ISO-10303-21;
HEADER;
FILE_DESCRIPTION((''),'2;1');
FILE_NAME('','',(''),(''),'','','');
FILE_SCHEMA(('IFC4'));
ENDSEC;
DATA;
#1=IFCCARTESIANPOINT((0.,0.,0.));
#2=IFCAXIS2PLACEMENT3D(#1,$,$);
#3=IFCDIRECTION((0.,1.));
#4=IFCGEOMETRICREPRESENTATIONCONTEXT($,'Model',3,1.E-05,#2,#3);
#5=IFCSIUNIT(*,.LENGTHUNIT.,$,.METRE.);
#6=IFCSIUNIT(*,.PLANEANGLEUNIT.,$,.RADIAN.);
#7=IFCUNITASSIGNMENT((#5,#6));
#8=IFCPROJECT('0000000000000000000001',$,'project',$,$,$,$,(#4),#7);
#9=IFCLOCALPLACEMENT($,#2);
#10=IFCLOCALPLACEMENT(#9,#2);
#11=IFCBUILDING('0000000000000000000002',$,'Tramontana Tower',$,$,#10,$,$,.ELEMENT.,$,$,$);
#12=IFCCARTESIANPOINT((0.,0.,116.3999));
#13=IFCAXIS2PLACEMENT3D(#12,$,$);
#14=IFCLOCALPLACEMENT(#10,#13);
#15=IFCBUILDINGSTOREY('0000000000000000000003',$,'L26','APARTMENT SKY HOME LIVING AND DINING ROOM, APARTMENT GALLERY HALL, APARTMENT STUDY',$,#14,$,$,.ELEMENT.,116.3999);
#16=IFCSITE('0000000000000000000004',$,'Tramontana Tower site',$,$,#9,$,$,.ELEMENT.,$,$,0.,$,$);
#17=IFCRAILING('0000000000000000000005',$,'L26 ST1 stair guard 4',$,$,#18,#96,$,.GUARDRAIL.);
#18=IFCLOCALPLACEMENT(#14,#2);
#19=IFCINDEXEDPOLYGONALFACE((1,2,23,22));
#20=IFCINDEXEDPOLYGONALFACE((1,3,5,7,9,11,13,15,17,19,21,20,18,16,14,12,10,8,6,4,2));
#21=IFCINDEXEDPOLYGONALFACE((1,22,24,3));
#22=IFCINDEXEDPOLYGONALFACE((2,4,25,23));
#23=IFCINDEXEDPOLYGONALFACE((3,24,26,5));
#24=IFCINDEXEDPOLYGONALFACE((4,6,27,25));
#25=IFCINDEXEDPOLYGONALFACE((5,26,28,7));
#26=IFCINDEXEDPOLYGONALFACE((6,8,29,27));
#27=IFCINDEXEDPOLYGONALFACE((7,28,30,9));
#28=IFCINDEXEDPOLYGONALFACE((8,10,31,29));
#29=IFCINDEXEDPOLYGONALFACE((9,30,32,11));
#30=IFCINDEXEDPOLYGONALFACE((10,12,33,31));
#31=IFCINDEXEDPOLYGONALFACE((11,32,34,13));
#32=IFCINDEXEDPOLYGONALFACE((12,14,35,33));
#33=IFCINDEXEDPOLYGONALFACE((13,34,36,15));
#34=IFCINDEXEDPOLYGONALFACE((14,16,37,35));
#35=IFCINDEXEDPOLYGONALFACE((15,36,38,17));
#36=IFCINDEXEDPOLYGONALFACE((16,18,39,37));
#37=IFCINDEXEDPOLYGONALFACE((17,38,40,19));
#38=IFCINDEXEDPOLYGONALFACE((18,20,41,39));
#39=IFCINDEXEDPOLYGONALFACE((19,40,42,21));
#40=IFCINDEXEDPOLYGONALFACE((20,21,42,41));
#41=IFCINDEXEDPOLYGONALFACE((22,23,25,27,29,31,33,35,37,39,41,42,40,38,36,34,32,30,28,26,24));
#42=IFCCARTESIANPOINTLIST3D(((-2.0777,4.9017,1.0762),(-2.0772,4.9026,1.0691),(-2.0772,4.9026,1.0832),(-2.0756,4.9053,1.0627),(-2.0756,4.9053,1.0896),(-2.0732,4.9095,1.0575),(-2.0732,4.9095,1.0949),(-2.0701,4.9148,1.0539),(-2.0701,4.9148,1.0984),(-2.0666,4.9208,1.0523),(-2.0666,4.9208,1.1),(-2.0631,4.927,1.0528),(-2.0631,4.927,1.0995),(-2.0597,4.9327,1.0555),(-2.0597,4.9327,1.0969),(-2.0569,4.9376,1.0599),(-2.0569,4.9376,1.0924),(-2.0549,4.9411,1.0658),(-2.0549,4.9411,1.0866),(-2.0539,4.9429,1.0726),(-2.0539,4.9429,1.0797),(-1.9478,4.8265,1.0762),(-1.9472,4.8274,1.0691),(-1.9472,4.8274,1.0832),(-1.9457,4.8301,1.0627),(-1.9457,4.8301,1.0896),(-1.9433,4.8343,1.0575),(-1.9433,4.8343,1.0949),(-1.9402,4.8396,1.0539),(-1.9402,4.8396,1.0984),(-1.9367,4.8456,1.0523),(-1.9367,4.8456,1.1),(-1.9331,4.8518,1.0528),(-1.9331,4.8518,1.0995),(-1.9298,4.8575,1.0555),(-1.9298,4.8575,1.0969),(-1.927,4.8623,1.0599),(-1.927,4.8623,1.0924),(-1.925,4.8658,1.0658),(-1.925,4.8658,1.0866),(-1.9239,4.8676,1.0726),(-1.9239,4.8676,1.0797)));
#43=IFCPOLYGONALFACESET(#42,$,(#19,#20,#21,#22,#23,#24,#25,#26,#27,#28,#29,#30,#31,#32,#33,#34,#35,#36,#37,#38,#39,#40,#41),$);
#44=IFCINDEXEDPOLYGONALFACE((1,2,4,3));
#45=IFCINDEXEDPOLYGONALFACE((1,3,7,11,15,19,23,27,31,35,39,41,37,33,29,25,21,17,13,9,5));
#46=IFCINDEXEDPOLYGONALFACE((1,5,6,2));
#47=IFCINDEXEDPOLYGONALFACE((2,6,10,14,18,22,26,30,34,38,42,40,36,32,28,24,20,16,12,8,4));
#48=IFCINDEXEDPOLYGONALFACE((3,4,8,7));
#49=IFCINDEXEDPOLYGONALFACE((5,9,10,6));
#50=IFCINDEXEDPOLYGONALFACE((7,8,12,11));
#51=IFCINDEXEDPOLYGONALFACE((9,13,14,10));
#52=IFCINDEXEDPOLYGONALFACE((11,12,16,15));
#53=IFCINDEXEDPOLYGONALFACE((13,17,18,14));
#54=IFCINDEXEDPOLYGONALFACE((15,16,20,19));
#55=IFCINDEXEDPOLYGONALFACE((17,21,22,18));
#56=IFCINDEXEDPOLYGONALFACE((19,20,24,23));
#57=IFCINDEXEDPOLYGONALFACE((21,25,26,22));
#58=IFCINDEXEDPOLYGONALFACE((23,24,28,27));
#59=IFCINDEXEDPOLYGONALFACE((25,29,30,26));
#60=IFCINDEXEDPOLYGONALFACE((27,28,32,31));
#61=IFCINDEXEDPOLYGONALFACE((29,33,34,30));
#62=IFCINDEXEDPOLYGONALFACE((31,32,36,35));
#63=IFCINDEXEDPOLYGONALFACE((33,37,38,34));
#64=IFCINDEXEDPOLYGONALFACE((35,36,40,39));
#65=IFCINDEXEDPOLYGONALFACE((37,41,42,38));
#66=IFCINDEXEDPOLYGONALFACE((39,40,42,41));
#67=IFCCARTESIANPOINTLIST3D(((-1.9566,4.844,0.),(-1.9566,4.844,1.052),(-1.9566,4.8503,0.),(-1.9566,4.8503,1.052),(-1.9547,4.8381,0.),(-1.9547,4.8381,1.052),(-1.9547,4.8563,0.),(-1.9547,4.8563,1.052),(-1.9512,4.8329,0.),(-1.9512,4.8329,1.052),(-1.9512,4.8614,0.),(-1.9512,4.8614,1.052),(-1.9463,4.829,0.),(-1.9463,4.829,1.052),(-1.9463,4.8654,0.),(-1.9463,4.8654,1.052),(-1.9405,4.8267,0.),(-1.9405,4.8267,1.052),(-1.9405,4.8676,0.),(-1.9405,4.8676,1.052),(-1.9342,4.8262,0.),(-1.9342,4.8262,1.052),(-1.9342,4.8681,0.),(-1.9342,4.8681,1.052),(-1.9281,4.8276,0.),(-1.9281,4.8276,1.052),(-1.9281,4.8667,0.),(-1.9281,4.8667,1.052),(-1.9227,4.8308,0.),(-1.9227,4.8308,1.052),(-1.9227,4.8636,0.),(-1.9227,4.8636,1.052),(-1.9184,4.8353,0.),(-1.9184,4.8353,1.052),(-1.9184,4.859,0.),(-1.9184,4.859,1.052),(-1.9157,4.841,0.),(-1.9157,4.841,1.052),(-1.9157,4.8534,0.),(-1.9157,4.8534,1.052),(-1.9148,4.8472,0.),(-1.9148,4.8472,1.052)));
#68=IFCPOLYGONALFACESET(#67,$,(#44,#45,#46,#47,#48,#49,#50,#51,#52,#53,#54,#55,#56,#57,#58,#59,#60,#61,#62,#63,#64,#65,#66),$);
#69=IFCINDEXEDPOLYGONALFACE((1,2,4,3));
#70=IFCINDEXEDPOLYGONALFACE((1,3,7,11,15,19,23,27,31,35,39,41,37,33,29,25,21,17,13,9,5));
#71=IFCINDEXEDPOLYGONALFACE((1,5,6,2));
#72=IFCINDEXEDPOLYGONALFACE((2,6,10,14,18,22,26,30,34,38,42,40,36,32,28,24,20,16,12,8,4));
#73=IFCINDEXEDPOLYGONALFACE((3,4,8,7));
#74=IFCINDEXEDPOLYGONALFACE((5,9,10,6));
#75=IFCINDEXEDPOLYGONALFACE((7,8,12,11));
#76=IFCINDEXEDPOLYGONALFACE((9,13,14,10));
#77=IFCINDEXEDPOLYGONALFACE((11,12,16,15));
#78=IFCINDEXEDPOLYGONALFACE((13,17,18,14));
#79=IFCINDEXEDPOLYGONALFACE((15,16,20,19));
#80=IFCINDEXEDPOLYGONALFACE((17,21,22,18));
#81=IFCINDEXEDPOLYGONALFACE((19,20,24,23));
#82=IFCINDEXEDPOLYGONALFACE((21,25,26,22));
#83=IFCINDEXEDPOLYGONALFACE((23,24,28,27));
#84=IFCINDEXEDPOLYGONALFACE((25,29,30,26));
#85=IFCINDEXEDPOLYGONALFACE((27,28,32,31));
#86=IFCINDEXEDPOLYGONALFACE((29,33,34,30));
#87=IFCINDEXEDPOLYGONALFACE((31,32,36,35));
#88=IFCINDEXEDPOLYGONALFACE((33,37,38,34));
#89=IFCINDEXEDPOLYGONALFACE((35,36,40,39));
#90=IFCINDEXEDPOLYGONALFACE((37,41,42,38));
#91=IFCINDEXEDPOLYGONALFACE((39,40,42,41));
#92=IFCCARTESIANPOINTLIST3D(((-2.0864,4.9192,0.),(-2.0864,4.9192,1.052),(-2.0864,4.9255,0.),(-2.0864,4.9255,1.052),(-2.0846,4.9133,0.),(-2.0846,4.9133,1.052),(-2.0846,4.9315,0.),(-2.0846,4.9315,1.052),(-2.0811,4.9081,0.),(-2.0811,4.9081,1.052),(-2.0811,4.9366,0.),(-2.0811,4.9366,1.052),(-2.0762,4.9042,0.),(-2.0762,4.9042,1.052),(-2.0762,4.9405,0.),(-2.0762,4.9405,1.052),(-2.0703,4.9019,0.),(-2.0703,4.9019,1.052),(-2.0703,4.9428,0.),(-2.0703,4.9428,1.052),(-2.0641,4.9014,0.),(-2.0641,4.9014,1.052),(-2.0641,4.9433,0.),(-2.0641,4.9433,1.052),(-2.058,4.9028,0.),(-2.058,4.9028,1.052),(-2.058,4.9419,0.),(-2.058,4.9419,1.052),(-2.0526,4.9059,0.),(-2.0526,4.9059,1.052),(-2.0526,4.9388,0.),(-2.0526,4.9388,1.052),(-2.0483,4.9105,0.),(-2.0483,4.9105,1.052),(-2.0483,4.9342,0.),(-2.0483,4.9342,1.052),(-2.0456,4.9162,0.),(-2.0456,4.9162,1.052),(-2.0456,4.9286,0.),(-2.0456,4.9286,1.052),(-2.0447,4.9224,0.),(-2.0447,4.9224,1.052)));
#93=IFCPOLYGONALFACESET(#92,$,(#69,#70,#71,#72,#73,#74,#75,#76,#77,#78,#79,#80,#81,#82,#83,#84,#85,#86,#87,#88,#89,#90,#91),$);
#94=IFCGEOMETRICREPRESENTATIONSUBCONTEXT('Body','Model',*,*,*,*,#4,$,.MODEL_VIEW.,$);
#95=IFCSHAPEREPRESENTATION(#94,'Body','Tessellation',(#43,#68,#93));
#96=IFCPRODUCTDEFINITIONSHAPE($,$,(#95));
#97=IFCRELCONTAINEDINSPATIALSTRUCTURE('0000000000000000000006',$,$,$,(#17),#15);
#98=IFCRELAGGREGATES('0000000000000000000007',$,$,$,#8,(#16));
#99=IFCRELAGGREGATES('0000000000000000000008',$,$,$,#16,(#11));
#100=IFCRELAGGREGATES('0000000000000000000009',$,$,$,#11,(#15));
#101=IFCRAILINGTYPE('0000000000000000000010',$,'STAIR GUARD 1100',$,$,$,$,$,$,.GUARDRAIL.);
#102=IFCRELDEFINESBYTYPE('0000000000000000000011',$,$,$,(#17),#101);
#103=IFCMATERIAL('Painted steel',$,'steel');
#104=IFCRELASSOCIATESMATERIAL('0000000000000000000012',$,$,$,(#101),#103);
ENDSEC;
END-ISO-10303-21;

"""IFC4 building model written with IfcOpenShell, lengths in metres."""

from ifc_helpers import new_model, si_unit, direction, frame, origin, origin_2d, place, context, subcontext, project, spatial, circle, extrude, material, type_object, element, save


model = new_model("IFC4")

# Units and contexts
model_context = context("Model", 3, precision=1e-05, world=origin(), true_north=direction((0.0, 1.0)))
body_context = subcontext(model_context, "Body", "Model", "MODEL_VIEW")
ifc_project = project(units=[si_unit("LENGTHUNIT", "METRE"), si_unit("PLANEANGLEUNIT", "RADIAN")], contexts=[model_context])

# Site, building, storey
site_placement = place(None, origin())
site = spatial("IfcSite", under=ifc_project, at=site_placement, Name="Tramontana Tower site", CompositionType="ELEMENT", RefElevation=0.0)
building_placement = place(site_placement, origin())
building = spatial("IfcBuilding", under=site, at=building_placement, Name="Tramontana Tower", CompositionType="ELEMENT")
storey_placement = place(building_placement, frame((0.0, 0.0, 116.3999)))
storey = spatial("IfcBuildingStorey", under=building, at=storey_placement, Name="L26", Description="APARTMENT SKY HOME LIVING AND DINING ROOM, APARTMENT GALLERY HALL, APARTMENT STUDY", CompositionType="ELEMENT", Elevation=116.3999)

# Railing
ifc_material_1 = material(Name="Painted steel", Category="steel")
railing_type = type_object("IfcRailingType", Name="STAIR GUARD 1100", PredefinedType="GUARDRAIL", material=ifc_material_1)
railing_1_placement = place(storey_placement, frame((-1.9358, 4.8472, 0.0)))
element("IfcRailing", 1, at=railing_1_placement, inside=storey, type_object=railing_type, Name="L26 ST1 stair guard 4", PredefinedType="GUARDRAIL", context=body_context, shape_type="SweptSolid", body=[
    extrude(circle(Radius=0.0239, at=origin_2d()), frame((0.0, 0.0, 1.0762), z_axis=(-0.865426, 0.501036, 0.0), x_axis=(-0.501036, -0.865426, 0.0)), (0.0, 0.0, 1.0), 0.1501),
    extrude(circle(Radius=0.021, at=origin_2d()), origin(), (0.0, 0.0, 1.0), 1.052),
    extrude(circle(Radius=0.021, at=origin_2d()), frame((-0.1299, 0.0752, 0.0)), (0.0, 0.0, 1.0), 1.052),
])

save(model, "model.ifc")
